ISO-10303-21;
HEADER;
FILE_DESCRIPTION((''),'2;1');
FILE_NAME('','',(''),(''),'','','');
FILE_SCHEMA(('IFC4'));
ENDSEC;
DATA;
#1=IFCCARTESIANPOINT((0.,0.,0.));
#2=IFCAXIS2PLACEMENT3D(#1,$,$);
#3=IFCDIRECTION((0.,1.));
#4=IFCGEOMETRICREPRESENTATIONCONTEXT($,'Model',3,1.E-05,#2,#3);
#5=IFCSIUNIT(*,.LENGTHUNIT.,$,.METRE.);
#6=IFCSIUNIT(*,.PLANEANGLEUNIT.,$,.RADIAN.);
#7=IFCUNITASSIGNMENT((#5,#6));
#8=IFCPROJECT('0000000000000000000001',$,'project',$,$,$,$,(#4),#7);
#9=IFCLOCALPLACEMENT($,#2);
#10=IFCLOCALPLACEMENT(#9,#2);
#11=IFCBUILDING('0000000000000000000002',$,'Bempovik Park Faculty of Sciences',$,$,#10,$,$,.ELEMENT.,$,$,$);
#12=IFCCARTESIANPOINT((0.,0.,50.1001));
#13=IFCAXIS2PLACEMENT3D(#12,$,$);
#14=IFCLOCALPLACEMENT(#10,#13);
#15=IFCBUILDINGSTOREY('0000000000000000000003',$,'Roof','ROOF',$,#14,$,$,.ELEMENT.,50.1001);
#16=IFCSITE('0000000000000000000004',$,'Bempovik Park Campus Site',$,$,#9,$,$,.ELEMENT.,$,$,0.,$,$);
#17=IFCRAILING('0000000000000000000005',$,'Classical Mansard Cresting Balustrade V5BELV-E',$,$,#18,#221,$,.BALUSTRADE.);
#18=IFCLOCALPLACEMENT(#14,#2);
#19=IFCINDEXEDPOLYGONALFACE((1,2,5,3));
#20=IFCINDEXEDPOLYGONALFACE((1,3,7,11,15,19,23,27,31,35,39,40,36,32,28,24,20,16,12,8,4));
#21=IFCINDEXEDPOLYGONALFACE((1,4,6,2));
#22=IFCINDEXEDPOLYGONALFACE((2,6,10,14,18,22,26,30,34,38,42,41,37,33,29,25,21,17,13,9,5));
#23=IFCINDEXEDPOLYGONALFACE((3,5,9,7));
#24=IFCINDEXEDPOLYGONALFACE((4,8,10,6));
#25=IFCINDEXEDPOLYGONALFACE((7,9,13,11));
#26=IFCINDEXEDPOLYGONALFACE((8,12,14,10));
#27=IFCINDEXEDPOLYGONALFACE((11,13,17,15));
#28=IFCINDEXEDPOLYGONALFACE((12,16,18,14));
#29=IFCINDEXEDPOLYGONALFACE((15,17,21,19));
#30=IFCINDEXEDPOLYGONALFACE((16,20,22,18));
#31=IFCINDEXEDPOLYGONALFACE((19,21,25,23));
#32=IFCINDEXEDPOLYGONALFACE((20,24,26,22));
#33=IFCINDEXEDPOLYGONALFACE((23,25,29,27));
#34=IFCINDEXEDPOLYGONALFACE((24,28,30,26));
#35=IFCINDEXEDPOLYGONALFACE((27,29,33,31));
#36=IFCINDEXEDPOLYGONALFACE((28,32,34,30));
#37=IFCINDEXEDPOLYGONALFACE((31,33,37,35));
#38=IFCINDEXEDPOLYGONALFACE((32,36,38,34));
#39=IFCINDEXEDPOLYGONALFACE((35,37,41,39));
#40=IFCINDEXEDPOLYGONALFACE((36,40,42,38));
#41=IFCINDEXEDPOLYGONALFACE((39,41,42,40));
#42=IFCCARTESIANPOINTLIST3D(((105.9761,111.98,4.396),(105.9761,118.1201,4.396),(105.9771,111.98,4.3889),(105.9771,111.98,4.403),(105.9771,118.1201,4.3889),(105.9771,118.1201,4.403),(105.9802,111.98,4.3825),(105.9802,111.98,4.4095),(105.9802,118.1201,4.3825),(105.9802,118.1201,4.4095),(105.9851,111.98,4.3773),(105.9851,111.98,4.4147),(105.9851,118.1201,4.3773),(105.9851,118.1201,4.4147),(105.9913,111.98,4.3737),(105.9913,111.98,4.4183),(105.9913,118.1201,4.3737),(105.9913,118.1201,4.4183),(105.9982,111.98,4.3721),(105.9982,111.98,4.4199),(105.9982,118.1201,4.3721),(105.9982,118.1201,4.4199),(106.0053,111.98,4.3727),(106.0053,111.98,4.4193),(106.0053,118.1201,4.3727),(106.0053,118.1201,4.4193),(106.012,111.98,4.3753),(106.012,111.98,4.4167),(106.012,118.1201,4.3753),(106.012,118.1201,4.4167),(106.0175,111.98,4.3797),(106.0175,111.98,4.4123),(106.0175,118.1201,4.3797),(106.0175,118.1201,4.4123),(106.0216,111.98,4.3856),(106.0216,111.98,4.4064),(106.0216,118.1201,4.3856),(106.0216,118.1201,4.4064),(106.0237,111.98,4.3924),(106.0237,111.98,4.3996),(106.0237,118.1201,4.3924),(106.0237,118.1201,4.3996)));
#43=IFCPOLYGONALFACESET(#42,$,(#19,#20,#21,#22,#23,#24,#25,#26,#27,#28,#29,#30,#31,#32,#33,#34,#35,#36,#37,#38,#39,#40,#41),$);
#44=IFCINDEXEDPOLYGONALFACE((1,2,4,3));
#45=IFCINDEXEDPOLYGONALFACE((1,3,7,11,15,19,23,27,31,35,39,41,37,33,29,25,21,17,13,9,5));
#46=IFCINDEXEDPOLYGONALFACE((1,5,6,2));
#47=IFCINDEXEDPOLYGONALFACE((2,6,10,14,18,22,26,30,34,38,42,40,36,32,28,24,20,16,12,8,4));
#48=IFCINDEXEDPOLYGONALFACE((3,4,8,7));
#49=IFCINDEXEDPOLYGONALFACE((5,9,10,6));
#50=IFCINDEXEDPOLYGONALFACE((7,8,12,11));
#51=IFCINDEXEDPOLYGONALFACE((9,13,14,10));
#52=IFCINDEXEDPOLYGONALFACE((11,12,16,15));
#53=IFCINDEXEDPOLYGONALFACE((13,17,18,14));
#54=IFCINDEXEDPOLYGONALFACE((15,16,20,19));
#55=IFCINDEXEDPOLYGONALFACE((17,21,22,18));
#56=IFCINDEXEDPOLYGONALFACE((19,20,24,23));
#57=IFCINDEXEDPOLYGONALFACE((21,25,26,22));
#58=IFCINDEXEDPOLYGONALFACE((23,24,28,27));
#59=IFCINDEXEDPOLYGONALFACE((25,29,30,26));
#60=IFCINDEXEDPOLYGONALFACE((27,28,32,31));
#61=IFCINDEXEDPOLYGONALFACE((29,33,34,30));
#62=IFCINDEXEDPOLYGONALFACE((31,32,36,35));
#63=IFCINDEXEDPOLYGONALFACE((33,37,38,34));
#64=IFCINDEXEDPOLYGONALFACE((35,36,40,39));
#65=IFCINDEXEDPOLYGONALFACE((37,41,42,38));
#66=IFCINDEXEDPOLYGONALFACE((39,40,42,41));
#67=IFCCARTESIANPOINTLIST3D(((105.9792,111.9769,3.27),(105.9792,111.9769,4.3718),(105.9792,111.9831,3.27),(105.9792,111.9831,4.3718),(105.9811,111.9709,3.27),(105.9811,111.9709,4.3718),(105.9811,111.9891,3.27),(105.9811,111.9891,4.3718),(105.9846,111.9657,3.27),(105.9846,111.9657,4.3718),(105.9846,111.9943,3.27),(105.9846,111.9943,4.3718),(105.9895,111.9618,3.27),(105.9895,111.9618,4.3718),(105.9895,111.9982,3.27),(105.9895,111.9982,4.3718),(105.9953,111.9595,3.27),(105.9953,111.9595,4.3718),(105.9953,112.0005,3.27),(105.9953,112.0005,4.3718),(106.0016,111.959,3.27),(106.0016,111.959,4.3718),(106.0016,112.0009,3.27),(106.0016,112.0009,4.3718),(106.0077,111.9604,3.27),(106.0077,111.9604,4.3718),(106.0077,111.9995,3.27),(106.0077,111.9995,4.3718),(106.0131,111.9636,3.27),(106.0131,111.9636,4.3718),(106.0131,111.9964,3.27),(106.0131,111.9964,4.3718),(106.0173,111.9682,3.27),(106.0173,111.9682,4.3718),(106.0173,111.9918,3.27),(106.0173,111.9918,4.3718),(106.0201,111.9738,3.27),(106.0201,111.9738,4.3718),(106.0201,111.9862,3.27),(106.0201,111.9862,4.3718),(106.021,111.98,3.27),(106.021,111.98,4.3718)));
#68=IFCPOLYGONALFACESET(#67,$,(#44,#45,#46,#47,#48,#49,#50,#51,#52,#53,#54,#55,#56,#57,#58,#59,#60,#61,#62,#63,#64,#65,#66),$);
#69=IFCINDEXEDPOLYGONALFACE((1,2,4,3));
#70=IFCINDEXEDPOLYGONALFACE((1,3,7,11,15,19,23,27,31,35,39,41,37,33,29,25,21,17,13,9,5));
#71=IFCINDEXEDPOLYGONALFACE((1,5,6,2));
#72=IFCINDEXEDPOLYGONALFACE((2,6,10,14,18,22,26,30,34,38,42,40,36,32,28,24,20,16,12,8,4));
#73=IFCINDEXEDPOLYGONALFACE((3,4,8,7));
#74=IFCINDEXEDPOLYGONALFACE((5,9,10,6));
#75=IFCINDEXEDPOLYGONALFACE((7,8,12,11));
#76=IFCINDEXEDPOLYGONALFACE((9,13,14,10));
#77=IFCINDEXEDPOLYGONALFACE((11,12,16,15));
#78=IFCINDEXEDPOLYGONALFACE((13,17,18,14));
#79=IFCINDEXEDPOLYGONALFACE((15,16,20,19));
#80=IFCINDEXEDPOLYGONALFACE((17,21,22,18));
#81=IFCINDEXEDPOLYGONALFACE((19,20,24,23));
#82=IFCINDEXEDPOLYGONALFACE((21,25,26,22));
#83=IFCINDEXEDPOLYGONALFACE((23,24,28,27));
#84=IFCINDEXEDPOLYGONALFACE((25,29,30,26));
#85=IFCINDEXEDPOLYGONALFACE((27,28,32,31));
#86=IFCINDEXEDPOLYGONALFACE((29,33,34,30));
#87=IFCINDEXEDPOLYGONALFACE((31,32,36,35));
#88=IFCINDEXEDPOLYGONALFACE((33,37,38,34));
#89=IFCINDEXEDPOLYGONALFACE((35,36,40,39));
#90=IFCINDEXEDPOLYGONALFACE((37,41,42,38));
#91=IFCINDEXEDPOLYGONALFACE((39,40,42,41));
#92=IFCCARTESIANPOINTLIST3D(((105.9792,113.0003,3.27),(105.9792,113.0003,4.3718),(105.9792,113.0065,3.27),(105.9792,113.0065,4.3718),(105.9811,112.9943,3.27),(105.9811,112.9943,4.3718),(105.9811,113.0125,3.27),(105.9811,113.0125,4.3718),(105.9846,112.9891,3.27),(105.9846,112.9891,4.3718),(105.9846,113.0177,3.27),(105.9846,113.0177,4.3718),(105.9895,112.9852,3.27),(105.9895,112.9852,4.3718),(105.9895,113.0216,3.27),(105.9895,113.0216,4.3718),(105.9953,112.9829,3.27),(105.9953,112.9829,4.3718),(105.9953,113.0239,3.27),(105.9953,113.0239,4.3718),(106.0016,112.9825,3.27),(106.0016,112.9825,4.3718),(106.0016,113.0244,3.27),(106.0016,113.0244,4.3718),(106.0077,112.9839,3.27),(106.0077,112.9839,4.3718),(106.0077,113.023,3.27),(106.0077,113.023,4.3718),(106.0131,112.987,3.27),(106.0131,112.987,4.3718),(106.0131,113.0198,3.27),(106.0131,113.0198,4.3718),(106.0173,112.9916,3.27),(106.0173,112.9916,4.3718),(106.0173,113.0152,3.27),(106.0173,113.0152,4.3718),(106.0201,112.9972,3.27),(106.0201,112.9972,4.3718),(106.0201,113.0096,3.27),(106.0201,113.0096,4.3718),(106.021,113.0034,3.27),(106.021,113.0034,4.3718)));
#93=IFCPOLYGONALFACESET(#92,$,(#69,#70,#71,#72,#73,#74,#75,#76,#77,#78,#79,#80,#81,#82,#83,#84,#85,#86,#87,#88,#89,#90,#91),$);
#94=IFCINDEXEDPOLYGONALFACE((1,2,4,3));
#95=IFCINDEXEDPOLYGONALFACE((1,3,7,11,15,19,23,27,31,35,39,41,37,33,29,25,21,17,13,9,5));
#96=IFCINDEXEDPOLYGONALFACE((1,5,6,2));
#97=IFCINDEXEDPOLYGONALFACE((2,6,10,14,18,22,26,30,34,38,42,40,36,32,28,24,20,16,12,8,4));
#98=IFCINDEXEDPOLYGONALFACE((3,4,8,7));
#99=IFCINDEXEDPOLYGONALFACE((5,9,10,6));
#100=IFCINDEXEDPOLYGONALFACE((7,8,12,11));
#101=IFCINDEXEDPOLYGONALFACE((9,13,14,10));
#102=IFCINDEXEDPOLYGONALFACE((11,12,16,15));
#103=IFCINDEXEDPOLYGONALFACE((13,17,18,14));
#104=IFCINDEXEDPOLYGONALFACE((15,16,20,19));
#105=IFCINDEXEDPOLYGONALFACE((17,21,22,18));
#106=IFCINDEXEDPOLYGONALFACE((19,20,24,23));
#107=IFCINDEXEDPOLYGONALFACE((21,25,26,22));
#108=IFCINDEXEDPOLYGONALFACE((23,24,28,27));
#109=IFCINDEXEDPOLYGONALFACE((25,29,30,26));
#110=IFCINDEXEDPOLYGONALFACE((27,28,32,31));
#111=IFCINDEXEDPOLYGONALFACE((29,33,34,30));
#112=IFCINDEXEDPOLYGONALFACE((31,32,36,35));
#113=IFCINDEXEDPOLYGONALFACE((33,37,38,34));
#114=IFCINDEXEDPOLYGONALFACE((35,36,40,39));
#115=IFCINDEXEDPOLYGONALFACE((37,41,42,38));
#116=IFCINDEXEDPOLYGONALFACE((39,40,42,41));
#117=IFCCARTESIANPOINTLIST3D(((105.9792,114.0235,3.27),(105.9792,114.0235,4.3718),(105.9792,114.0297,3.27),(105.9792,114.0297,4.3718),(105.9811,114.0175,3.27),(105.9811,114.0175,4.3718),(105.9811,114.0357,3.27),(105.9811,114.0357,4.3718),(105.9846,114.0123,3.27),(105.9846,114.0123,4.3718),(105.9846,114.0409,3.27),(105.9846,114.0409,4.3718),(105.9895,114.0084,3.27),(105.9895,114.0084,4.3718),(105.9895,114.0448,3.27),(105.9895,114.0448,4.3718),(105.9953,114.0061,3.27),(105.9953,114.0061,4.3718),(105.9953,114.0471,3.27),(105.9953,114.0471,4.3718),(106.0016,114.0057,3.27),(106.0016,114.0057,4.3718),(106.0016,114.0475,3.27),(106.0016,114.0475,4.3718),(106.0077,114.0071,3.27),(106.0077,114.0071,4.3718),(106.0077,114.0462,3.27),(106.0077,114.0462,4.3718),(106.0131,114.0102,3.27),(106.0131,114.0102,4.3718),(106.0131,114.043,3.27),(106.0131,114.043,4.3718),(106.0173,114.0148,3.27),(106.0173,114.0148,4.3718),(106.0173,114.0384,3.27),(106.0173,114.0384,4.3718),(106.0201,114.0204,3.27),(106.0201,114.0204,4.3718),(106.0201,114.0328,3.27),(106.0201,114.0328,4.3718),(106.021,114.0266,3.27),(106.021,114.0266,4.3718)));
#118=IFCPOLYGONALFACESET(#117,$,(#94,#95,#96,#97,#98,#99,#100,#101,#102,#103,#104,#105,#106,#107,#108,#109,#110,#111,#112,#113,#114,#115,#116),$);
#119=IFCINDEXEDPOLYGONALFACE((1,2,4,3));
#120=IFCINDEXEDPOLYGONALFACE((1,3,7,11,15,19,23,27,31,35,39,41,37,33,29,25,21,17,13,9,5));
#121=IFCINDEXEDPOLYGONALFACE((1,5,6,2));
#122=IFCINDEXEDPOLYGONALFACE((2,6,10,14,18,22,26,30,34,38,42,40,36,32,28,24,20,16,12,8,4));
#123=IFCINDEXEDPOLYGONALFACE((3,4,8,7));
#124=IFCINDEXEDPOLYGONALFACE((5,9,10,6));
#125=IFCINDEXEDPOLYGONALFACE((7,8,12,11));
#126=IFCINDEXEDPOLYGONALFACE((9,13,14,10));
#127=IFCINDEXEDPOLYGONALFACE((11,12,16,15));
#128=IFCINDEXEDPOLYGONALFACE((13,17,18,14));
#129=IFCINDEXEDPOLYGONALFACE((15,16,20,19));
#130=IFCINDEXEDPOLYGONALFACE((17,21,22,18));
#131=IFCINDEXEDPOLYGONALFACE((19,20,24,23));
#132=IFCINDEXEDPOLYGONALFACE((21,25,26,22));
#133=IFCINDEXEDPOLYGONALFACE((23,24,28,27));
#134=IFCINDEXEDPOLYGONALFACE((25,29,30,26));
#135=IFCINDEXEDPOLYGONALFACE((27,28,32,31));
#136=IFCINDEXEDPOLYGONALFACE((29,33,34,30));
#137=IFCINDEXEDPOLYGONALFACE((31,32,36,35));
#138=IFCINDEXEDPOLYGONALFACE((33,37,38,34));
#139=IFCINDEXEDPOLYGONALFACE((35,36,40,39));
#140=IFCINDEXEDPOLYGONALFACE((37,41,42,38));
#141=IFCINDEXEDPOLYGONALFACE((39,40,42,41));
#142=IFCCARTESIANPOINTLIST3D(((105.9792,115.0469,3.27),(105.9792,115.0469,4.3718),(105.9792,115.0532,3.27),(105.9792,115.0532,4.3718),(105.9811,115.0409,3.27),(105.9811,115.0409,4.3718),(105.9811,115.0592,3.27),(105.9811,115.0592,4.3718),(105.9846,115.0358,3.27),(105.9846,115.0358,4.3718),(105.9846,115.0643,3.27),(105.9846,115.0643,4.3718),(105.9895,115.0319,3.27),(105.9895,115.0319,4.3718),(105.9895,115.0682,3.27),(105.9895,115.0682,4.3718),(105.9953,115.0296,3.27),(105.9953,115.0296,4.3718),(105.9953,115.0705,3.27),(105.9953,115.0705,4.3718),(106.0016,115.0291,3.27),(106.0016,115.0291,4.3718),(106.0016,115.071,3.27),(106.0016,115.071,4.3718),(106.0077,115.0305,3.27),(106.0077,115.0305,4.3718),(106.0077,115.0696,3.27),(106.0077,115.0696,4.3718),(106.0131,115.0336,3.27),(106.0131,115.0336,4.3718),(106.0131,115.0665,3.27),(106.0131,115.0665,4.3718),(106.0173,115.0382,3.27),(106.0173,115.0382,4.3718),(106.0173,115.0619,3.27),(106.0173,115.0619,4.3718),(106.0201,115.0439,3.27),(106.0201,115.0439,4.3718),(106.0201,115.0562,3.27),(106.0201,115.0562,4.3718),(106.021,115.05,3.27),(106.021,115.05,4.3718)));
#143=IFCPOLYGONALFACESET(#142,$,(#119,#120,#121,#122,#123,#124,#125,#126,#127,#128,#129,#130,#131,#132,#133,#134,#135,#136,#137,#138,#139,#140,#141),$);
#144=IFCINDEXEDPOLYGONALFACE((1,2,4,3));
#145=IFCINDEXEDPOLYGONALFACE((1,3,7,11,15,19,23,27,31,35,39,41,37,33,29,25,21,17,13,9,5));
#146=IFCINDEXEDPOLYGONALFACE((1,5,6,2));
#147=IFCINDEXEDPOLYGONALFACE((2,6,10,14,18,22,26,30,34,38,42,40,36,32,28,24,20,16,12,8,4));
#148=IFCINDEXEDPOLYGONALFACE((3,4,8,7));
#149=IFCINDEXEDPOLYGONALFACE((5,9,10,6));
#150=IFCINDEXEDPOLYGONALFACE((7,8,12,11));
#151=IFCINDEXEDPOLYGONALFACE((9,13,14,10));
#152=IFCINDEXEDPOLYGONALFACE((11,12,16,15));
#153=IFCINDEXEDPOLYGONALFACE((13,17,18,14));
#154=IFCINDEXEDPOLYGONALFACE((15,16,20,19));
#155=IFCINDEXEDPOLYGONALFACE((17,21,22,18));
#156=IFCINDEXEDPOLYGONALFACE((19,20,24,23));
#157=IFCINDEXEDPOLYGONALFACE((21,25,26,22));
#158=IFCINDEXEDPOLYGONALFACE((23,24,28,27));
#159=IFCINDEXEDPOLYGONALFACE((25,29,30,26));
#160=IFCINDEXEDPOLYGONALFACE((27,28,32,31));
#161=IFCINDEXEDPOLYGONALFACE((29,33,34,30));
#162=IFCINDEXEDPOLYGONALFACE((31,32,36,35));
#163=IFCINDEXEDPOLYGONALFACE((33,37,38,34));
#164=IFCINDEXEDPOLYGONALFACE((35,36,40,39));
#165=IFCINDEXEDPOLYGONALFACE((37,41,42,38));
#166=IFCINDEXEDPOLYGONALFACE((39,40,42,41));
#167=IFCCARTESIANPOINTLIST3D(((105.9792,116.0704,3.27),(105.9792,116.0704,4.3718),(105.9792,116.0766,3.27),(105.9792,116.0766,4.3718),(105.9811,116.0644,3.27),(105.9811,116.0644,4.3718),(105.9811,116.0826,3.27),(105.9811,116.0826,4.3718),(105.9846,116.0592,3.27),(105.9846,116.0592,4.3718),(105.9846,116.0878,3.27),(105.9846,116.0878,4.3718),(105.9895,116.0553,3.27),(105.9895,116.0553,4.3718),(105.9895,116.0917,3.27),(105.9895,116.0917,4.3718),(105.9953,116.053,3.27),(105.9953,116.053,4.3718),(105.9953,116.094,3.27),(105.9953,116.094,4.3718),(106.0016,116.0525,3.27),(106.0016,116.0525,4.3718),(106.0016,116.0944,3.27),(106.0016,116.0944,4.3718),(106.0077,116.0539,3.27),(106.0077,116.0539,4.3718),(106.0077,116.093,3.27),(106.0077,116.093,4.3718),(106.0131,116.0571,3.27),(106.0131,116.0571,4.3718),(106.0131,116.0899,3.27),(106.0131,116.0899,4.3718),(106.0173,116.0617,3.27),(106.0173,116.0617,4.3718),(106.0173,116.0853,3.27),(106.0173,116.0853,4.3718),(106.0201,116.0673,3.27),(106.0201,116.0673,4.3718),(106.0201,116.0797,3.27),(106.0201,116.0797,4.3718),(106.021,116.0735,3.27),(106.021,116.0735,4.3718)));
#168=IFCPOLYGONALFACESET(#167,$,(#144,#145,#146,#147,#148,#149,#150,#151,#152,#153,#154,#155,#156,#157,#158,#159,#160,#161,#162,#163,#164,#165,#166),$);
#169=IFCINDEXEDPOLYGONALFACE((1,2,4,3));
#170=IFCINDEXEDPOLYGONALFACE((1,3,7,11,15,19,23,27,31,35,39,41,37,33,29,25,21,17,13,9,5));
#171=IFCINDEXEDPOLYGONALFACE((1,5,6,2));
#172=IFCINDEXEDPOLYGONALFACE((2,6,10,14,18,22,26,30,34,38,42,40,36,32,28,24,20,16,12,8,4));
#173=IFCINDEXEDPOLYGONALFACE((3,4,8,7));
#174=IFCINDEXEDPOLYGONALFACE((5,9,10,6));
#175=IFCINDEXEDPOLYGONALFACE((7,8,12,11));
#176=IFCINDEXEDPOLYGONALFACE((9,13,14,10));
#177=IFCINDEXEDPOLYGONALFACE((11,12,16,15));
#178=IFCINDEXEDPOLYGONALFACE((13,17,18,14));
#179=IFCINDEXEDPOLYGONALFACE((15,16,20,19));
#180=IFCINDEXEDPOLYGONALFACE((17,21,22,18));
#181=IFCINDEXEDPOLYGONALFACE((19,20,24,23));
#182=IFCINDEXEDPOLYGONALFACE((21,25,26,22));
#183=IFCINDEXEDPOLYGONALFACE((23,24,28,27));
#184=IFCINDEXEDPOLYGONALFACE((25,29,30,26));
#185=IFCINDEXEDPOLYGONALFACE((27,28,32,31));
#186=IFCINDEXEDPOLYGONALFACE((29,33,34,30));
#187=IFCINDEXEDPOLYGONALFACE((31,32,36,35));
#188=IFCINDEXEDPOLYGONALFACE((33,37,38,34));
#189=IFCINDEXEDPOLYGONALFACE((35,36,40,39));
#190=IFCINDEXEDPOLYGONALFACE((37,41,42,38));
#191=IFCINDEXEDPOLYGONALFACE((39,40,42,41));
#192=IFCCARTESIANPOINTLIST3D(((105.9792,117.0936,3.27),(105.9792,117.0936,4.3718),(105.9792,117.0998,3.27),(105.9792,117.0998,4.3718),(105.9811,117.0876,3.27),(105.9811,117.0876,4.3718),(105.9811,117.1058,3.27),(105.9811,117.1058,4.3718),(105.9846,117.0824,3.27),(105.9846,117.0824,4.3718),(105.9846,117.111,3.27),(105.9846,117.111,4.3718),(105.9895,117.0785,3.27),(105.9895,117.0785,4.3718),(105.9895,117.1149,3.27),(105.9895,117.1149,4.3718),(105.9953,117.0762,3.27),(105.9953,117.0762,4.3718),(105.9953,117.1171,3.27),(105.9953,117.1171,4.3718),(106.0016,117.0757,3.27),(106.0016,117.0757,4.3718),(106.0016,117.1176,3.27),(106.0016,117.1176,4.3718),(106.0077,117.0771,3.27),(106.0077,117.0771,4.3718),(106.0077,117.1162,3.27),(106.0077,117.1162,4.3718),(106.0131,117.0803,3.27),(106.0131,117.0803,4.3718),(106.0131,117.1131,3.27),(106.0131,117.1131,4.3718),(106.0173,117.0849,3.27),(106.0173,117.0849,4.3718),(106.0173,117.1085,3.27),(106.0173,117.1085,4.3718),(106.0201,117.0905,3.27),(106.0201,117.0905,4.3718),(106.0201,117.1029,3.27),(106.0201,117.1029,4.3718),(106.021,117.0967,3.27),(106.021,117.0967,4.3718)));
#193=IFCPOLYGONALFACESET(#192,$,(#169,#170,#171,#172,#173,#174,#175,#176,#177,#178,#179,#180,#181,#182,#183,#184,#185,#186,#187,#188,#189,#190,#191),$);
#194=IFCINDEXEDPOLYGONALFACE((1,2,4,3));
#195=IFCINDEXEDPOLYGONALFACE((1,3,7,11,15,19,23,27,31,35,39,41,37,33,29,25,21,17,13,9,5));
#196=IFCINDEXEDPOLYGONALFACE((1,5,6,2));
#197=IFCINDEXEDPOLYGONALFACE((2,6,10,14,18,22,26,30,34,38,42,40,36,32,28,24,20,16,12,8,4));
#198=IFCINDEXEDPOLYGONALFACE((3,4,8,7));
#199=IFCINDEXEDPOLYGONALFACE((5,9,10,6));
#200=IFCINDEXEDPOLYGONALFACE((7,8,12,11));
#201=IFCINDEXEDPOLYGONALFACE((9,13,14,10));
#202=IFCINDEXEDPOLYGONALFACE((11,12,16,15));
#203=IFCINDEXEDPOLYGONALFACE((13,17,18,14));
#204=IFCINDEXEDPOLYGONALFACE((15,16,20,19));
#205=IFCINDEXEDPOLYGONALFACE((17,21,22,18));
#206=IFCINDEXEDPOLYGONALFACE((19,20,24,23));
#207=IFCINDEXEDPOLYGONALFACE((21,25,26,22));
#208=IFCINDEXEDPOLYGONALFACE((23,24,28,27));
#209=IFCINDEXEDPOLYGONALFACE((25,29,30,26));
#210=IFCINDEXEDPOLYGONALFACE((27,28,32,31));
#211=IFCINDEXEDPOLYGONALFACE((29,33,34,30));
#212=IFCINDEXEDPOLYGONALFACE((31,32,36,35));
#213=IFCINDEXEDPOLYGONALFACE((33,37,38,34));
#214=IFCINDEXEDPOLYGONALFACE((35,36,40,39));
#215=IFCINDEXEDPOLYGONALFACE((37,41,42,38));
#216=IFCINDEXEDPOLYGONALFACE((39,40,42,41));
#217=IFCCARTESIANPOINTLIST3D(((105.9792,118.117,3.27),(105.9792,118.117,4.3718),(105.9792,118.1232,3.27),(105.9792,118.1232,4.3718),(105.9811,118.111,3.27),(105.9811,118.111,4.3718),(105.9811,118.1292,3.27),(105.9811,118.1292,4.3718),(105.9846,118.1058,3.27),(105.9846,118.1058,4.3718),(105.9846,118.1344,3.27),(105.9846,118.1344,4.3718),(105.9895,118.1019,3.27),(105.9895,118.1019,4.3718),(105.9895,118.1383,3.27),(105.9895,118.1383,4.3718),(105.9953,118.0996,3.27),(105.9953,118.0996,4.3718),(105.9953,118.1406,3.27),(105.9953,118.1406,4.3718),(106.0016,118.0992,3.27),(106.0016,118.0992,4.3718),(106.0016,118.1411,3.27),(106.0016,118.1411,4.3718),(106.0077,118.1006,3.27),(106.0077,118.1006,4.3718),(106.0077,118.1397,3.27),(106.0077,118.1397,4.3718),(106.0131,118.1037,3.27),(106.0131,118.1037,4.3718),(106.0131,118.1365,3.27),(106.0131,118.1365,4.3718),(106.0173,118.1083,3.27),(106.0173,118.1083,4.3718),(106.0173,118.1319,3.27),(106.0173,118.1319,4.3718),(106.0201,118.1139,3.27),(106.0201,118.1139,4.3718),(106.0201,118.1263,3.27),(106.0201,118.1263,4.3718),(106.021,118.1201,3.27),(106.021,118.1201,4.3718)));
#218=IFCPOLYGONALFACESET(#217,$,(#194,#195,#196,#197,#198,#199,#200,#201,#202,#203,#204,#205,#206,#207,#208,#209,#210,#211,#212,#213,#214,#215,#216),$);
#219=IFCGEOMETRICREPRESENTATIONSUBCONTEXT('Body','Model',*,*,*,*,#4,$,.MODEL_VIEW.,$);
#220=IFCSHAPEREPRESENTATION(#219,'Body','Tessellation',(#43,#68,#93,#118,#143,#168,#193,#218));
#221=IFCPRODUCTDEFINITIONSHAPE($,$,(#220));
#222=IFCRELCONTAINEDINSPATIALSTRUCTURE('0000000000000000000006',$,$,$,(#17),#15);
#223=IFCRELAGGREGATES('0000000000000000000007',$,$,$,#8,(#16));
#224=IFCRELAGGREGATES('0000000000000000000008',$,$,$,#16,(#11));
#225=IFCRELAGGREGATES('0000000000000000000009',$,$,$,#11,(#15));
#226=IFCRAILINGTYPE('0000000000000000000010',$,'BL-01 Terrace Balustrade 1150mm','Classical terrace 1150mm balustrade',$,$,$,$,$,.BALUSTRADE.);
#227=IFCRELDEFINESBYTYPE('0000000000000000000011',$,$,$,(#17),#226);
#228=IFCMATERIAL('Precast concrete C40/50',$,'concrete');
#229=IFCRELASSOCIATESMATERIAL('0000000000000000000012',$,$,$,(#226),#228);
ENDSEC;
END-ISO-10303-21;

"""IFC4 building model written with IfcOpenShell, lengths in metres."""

from ifc_helpers import new_model, si_unit, direction, frame, origin, origin_2d, place, context, subcontext, project, spatial, circle, extrude, material, type_object, element, save


model = new_model("IFC4")

# Units and contexts
model_context = context("Model", 3, precision=1e-05, world=origin(), true_north=direction((0.0, 1.0)))
body_context = subcontext(model_context, "Body", "Model", "MODEL_VIEW")
ifc_project = project(units=[si_unit("LENGTHUNIT", "METRE"), si_unit("PLANEANGLEUNIT", "RADIAN")], contexts=[model_context])

# Site, building, storey
site_placement = place(None, origin())
site = spatial("IfcSite", under=ifc_project, at=site_placement, Name="Bempovik Park Campus Site", CompositionType="ELEMENT", RefElevation=0.0)
building_placement = place(site_placement, origin())
building = spatial("IfcBuilding", under=site, at=building_placement, Name="Bempovik Park Faculty of Sciences", CompositionType="ELEMENT")
storey_placement = place(building_placement, frame((0.0, 0.0, 50.1001)))
storey = spatial("IfcBuildingStorey", under=building, at=storey_placement, Name="Roof", Description="ROOF", CompositionType="ELEMENT", Elevation=50.1001)

# Shared definitions
ifc_material_1 = material(Name="Precast concrete C40/50", Category="concrete")

# Railing
railing_type_1 = type_object("IfcRailingType", Name="BL-01 Terrace Balustrade 1150mm", Description="Classical terrace 1150mm balustrade", PredefinedType="BALUSTRADE", material=ifc_material_1)
railing_1_placement = place(storey_placement, frame((106.0, 111.98, 3.27)))
element("IfcRailing", 1, at=railing_1_placement, inside=storey, type_object=railing_type_1, Name="Classical Mansard Cresting Balustrade V5BELV-E", PredefinedType="BALUSTRADE", context=body_context, shape_type="SweptSolid", body=[
    extrude(circle(Radius=0.0239, at=origin_2d()), frame((0.0, 0.0, 1.126), z_axis=(0.0, 1.0, 0.0), x_axis=(-1.0, 0.0, 0.0)), (0.0, 0.0, 1.0), 6.1401),
    extrude(circle(Radius=0.021, at=origin_2d()), origin(), (0.0, 0.0, 1.0), 1.1018),
    extrude(circle(Radius=0.021, at=origin_2d()), frame((0.0, 1.0234, 0.0)), (0.0, 0.0, 1.0), 1.1018),
    extrude(circle(Radius=0.021, at=origin_2d()), frame((0.0, 2.0466, 0.0)), (0.0, 0.0, 1.0), 1.1018),
    extrude(circle(Radius=0.021, at=origin_2d()), frame((0.0, 3.0701, 0.0)), (0.0, 0.0, 1.0), 1.1018),
    extrude(circle(Radius=0.021, at=origin_2d()), frame((0.0, 4.0935, 0.0)), (0.0, 0.0, 1.0), 1.1018),
    extrude(circle(Radius=0.021, at=origin_2d()), frame((0.0, 5.1167, 0.0)), (0.0, 0.0, 1.0), 1.1018),
    extrude(circle(Radius=0.021, at=origin_2d()), frame((0.0, 6.1401, 0.0)), (0.0, 0.0, 1.0), 1.1018),
])

save(model, "model.ifc")
